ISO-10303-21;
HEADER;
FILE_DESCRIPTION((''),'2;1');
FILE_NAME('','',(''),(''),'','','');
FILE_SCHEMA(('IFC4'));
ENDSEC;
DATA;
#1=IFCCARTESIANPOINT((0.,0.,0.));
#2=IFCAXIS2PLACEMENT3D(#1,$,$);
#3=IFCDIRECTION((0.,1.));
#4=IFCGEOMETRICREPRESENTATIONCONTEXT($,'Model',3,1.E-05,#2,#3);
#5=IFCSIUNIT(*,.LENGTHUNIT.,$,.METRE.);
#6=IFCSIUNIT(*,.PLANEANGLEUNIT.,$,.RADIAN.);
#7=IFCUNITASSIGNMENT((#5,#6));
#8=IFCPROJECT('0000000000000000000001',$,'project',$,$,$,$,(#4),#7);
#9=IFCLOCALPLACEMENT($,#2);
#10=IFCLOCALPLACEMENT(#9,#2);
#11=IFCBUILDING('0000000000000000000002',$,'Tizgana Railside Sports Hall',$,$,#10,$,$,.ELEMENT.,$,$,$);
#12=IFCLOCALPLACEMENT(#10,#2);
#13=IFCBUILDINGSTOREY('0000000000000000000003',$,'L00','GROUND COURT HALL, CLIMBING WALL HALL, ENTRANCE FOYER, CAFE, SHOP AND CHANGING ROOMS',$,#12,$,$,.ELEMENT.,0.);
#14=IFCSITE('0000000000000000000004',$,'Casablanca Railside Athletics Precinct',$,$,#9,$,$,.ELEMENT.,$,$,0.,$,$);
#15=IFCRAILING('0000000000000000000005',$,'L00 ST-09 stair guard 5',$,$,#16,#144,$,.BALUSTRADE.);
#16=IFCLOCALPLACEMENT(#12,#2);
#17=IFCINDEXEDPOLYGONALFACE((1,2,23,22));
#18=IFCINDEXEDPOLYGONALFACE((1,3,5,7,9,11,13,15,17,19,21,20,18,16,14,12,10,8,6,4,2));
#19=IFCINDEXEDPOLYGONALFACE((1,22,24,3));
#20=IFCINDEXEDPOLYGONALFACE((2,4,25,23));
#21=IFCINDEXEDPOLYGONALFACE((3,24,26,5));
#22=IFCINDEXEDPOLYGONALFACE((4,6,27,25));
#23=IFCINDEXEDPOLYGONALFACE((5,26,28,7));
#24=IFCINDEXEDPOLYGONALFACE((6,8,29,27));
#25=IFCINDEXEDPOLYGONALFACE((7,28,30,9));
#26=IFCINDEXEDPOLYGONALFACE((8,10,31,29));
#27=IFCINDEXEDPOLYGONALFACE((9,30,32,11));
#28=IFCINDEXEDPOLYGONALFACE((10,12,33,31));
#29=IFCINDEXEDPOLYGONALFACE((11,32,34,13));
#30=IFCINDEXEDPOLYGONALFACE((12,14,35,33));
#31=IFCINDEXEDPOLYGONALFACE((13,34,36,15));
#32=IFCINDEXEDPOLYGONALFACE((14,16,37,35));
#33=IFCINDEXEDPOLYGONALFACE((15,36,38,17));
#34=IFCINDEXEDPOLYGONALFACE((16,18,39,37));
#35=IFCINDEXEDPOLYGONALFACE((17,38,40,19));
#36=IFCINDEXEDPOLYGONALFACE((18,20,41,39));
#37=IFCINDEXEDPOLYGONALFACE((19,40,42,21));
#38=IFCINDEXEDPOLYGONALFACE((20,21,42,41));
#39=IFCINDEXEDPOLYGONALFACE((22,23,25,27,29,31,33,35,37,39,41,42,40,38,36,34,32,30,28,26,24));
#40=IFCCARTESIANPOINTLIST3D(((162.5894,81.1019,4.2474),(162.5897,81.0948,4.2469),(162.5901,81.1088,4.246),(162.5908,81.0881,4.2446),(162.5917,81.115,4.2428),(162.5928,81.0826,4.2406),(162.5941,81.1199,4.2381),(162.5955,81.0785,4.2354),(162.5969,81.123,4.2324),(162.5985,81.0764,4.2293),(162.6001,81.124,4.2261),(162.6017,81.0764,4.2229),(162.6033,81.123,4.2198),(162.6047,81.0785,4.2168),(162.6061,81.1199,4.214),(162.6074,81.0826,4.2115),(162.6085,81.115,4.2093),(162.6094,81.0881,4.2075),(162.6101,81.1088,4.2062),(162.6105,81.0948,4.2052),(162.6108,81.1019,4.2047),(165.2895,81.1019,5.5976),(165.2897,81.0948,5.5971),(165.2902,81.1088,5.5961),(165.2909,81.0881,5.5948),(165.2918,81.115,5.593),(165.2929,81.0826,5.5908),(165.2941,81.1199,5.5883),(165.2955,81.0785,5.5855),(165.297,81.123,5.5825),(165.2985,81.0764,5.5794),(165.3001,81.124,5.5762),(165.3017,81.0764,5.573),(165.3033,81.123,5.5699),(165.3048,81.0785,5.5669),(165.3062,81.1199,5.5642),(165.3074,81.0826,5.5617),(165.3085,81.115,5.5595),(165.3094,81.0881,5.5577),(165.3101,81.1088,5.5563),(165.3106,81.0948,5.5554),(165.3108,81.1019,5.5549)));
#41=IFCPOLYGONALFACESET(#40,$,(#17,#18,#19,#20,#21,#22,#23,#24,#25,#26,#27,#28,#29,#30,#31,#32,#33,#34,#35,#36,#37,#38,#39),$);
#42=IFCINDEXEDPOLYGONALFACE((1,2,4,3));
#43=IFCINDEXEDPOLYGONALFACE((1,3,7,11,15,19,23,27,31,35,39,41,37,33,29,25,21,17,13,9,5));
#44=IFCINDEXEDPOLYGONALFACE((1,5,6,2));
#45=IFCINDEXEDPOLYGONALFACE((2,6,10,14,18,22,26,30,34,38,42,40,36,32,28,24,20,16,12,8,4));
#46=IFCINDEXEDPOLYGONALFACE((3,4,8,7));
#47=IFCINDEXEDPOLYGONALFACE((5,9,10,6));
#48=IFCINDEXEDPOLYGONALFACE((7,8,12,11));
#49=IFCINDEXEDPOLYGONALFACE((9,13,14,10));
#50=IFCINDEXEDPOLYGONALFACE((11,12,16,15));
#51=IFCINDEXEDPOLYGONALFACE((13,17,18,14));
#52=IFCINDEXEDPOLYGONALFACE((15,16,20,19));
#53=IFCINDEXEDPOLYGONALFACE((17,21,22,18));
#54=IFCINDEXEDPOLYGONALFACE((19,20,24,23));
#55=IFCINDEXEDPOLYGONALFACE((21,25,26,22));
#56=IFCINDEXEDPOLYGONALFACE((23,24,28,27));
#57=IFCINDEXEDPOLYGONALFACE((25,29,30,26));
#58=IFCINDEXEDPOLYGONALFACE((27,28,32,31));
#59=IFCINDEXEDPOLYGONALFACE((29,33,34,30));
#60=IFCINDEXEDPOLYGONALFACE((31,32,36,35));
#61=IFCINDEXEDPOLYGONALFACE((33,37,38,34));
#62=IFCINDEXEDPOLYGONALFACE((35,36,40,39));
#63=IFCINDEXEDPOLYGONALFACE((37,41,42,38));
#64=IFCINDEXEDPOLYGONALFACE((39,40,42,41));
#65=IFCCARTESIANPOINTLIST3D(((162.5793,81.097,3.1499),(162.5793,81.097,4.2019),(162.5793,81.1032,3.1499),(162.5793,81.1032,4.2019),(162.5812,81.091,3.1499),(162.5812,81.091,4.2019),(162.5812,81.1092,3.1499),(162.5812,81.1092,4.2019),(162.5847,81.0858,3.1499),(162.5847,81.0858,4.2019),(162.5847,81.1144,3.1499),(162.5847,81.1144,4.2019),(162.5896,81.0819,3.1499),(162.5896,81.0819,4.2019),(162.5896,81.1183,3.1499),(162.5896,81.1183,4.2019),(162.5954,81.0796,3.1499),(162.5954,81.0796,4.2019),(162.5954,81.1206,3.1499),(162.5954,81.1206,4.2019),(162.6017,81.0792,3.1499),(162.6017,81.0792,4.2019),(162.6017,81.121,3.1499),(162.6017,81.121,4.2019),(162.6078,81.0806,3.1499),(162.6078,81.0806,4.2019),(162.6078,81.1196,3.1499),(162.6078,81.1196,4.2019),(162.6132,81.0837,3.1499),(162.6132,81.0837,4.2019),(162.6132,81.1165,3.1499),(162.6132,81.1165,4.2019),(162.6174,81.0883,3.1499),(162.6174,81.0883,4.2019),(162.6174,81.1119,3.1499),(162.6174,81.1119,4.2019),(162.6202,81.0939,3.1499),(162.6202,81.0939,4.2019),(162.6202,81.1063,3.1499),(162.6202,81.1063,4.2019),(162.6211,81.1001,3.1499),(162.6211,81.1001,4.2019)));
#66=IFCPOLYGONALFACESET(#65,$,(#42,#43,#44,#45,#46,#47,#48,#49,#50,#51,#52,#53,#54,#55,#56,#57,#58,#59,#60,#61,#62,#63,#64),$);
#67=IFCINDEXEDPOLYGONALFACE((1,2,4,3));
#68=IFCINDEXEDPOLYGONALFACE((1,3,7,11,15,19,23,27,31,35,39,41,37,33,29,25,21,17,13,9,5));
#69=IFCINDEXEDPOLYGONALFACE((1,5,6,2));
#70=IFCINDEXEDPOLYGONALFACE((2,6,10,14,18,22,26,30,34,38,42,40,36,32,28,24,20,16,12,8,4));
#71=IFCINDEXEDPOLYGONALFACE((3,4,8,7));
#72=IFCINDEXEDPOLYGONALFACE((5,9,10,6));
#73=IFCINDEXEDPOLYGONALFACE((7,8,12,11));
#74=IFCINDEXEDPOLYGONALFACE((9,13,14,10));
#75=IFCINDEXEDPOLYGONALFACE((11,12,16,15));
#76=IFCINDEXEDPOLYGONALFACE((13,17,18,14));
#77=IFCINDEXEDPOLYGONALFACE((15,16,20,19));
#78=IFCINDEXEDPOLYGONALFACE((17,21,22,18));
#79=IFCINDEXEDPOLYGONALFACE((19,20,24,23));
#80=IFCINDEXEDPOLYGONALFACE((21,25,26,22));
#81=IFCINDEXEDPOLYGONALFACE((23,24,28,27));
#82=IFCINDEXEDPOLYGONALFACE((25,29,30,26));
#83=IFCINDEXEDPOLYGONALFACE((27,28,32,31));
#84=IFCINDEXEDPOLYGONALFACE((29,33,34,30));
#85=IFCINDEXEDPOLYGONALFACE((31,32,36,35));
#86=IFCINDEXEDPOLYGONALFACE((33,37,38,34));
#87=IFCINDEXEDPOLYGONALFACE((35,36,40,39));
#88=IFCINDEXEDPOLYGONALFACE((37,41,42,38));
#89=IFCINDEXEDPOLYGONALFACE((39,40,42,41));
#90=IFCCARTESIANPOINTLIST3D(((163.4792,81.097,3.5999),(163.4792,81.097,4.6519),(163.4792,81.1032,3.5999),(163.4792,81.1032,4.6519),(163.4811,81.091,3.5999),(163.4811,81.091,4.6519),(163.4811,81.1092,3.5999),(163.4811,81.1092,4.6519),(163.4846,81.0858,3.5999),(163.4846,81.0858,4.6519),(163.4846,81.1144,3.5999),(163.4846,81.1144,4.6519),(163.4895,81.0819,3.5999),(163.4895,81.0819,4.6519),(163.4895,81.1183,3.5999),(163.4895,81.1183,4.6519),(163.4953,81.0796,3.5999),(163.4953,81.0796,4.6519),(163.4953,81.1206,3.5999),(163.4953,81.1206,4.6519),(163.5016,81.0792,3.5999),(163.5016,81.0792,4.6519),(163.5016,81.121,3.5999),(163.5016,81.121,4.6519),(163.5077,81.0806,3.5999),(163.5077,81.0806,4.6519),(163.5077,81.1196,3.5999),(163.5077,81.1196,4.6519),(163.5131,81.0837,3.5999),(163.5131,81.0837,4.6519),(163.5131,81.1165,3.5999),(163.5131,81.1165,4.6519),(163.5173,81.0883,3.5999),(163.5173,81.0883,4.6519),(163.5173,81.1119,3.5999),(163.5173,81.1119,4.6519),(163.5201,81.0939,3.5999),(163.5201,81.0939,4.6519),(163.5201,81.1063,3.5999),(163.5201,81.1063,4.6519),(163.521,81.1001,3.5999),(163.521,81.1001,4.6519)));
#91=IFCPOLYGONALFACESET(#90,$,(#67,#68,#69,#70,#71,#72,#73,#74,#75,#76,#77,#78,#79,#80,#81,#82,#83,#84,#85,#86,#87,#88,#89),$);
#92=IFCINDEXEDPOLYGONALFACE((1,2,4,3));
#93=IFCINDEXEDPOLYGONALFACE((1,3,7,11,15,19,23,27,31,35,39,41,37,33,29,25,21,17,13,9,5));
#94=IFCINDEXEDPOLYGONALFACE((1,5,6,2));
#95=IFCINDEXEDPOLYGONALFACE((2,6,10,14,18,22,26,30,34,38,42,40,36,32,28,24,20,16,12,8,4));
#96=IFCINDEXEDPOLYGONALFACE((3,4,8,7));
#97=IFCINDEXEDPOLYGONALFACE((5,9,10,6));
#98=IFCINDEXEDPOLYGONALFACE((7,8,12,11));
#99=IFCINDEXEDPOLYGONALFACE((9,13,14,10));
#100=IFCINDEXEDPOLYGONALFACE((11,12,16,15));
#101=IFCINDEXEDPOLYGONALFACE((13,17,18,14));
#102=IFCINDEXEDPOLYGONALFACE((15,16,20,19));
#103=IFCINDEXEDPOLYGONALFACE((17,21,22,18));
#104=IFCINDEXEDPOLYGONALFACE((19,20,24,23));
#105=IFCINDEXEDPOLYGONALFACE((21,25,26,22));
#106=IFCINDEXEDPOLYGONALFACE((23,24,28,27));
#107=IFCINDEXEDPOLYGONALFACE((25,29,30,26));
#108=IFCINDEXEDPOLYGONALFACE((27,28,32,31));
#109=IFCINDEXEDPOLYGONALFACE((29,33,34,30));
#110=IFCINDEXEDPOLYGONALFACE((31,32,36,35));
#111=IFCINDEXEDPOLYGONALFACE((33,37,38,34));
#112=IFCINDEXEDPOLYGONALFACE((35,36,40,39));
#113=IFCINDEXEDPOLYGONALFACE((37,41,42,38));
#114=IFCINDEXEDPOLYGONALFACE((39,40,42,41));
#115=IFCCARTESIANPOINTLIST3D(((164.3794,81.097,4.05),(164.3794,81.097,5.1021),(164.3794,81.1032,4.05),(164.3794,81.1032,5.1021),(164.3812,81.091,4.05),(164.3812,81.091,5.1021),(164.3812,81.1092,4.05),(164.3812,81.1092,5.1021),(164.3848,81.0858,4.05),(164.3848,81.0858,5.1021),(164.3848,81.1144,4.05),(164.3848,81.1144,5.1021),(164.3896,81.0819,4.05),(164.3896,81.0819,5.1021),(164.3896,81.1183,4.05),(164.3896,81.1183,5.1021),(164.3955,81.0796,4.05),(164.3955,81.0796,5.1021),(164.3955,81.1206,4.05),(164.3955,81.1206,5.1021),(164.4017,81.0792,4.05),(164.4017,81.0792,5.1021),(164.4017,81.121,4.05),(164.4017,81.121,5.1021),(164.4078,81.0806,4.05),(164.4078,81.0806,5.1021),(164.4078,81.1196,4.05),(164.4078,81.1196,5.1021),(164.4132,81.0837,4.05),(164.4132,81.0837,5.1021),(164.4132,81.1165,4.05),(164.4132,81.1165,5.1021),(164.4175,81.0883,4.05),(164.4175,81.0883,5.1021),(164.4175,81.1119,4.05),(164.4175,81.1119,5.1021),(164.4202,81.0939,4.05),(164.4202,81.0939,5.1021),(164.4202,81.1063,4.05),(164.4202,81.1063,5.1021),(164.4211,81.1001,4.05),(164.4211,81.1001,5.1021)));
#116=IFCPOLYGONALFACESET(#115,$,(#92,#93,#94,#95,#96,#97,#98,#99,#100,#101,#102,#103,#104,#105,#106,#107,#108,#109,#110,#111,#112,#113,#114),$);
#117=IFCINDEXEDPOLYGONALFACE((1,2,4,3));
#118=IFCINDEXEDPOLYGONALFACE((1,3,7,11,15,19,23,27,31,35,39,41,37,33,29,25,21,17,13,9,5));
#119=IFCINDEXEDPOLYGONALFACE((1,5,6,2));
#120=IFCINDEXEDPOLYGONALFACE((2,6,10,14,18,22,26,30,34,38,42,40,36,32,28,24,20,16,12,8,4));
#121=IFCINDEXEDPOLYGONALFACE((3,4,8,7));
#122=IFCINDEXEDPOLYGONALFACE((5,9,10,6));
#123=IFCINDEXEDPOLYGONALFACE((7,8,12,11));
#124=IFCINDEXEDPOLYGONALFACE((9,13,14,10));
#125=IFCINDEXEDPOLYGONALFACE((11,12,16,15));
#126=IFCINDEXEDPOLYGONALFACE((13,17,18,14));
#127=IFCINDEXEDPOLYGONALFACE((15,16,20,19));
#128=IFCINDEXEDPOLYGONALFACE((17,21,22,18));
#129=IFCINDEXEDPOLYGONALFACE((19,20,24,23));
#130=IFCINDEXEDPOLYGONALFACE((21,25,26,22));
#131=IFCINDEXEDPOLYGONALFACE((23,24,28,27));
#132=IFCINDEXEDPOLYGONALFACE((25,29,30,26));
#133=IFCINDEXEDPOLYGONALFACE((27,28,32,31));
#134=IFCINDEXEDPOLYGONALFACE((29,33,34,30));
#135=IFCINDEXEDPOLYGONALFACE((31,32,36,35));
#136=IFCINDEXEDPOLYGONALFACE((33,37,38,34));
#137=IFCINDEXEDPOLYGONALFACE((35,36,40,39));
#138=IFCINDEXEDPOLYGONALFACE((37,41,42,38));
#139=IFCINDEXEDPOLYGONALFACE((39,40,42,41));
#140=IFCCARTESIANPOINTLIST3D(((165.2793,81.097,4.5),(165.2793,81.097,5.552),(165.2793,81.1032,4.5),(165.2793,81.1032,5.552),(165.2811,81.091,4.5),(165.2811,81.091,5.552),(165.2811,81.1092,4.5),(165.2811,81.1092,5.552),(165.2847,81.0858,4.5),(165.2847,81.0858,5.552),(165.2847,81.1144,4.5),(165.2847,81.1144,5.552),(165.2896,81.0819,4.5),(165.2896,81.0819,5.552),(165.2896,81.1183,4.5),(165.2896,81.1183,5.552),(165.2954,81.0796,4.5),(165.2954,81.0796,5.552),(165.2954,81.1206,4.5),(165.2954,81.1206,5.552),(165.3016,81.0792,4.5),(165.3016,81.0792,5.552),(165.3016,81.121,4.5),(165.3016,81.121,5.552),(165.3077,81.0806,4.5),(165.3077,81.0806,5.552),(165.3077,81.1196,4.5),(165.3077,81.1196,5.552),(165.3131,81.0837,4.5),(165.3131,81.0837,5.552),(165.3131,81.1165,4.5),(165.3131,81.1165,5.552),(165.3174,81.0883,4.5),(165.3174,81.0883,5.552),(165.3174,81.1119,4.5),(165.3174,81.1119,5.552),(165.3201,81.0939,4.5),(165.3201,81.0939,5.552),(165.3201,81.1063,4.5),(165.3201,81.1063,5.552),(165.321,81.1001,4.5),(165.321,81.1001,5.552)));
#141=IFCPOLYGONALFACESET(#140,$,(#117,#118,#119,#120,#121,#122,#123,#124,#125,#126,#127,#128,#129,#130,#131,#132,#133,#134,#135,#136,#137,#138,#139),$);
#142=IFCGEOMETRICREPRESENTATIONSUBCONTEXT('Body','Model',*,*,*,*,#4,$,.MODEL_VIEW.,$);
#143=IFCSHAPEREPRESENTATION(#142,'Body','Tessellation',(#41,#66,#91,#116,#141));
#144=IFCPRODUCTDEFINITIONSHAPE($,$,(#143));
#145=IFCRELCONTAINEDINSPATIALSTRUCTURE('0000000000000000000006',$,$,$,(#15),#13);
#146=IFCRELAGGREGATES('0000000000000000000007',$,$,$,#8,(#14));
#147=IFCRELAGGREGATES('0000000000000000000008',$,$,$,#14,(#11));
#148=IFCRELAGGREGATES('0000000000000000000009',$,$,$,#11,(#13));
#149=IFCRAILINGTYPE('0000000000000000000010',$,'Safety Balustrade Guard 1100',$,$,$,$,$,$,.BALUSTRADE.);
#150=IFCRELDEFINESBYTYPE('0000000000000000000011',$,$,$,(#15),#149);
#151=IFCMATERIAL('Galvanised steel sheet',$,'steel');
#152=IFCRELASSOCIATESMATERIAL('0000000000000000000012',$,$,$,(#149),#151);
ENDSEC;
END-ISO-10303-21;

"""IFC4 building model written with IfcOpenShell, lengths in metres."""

from ifc_helpers import new_model, si_unit, direction, frame, origin, origin_2d, place, context, subcontext, project, spatial, circle, extrude, material, type_object, element, save


model = new_model("IFC4")

# Units and contexts
model_context = context("Model", 3, precision=1e-05, world=origin(), true_north=direction((0.0, 1.0)))
body_context = subcontext(model_context, "Body", "Model", "MODEL_VIEW")
ifc_project = project(units=[si_unit("LENGTHUNIT", "METRE"), si_unit("PLANEANGLEUNIT", "RADIAN")], contexts=[model_context])

# Site, building, storey
site_placement = place(None, origin())
site = spatial("IfcSite", under=ifc_project, at=site_placement, Name="Casablanca Railside Athletics Precinct", CompositionType="ELEMENT", RefElevation=0.0)
building_placement = place(site_placement, origin())
building = spatial("IfcBuilding", under=site, at=building_placement, Name="Tizgana Railside Sports Hall", CompositionType="ELEMENT")
storey_placement = place(building_placement, origin())
storey = spatial("IfcBuildingStorey", under=building, at=storey_placement, Name="L00", Description="GROUND COURT HALL, CLIMBING WALL HALL, ENTRANCE FOYER, CAFE, SHOP AND CHANGING ROOMS", CompositionType="ELEMENT", Elevation=0.0)

# Railing
ifc_material_1 = material(Name="Galvanised steel sheet", Category="steel")
railing_type_1 = type_object("IfcRailingType", Name="Safety Balustrade Guard 1100", PredefinedType="BALUSTRADE", material=ifc_material_1)
railing_1_placement = place(storey_placement, frame((162.6001, 81.1001, 3.1499)))
element("IfcRailing", 1, at=railing_1_placement, inside=storey, type_object=railing_type_1, Name="L00 ST-09 stair guard 5", PredefinedType="BALUSTRADE", context=body_context, shape_type="SweptSolid", body=[
    extrude(circle(Radius=0.0239, at=origin_2d()), frame((0.0, 0.0, 1.0762), z_axis=(0.894411, 0.0, 0.447246), x_axis=(0.0, 1.0, 0.0)), (0.0, 0.0, 1.0), 3.0188),
    extrude(circle(Radius=0.021, at=origin_2d()), origin(), (0.0, 0.0, 1.0), 1.052),
    extrude(circle(Radius=0.021, at=origin_2d()), frame((0.8999, 0.0, 0.45)), (0.0, 0.0, 1.0), 1.052),
    extrude(circle(Radius=0.021, at=origin_2d()), frame((1.8, 0.0, 0.9001)), (0.0, 0.0, 1.0), 1.052),
    extrude(circle(Radius=0.021, at=origin_2d()), frame((2.7, 0.0, 1.3501)), (0.0, 0.0, 1.0), 1.052),
])

save(model, "model.ifc")
